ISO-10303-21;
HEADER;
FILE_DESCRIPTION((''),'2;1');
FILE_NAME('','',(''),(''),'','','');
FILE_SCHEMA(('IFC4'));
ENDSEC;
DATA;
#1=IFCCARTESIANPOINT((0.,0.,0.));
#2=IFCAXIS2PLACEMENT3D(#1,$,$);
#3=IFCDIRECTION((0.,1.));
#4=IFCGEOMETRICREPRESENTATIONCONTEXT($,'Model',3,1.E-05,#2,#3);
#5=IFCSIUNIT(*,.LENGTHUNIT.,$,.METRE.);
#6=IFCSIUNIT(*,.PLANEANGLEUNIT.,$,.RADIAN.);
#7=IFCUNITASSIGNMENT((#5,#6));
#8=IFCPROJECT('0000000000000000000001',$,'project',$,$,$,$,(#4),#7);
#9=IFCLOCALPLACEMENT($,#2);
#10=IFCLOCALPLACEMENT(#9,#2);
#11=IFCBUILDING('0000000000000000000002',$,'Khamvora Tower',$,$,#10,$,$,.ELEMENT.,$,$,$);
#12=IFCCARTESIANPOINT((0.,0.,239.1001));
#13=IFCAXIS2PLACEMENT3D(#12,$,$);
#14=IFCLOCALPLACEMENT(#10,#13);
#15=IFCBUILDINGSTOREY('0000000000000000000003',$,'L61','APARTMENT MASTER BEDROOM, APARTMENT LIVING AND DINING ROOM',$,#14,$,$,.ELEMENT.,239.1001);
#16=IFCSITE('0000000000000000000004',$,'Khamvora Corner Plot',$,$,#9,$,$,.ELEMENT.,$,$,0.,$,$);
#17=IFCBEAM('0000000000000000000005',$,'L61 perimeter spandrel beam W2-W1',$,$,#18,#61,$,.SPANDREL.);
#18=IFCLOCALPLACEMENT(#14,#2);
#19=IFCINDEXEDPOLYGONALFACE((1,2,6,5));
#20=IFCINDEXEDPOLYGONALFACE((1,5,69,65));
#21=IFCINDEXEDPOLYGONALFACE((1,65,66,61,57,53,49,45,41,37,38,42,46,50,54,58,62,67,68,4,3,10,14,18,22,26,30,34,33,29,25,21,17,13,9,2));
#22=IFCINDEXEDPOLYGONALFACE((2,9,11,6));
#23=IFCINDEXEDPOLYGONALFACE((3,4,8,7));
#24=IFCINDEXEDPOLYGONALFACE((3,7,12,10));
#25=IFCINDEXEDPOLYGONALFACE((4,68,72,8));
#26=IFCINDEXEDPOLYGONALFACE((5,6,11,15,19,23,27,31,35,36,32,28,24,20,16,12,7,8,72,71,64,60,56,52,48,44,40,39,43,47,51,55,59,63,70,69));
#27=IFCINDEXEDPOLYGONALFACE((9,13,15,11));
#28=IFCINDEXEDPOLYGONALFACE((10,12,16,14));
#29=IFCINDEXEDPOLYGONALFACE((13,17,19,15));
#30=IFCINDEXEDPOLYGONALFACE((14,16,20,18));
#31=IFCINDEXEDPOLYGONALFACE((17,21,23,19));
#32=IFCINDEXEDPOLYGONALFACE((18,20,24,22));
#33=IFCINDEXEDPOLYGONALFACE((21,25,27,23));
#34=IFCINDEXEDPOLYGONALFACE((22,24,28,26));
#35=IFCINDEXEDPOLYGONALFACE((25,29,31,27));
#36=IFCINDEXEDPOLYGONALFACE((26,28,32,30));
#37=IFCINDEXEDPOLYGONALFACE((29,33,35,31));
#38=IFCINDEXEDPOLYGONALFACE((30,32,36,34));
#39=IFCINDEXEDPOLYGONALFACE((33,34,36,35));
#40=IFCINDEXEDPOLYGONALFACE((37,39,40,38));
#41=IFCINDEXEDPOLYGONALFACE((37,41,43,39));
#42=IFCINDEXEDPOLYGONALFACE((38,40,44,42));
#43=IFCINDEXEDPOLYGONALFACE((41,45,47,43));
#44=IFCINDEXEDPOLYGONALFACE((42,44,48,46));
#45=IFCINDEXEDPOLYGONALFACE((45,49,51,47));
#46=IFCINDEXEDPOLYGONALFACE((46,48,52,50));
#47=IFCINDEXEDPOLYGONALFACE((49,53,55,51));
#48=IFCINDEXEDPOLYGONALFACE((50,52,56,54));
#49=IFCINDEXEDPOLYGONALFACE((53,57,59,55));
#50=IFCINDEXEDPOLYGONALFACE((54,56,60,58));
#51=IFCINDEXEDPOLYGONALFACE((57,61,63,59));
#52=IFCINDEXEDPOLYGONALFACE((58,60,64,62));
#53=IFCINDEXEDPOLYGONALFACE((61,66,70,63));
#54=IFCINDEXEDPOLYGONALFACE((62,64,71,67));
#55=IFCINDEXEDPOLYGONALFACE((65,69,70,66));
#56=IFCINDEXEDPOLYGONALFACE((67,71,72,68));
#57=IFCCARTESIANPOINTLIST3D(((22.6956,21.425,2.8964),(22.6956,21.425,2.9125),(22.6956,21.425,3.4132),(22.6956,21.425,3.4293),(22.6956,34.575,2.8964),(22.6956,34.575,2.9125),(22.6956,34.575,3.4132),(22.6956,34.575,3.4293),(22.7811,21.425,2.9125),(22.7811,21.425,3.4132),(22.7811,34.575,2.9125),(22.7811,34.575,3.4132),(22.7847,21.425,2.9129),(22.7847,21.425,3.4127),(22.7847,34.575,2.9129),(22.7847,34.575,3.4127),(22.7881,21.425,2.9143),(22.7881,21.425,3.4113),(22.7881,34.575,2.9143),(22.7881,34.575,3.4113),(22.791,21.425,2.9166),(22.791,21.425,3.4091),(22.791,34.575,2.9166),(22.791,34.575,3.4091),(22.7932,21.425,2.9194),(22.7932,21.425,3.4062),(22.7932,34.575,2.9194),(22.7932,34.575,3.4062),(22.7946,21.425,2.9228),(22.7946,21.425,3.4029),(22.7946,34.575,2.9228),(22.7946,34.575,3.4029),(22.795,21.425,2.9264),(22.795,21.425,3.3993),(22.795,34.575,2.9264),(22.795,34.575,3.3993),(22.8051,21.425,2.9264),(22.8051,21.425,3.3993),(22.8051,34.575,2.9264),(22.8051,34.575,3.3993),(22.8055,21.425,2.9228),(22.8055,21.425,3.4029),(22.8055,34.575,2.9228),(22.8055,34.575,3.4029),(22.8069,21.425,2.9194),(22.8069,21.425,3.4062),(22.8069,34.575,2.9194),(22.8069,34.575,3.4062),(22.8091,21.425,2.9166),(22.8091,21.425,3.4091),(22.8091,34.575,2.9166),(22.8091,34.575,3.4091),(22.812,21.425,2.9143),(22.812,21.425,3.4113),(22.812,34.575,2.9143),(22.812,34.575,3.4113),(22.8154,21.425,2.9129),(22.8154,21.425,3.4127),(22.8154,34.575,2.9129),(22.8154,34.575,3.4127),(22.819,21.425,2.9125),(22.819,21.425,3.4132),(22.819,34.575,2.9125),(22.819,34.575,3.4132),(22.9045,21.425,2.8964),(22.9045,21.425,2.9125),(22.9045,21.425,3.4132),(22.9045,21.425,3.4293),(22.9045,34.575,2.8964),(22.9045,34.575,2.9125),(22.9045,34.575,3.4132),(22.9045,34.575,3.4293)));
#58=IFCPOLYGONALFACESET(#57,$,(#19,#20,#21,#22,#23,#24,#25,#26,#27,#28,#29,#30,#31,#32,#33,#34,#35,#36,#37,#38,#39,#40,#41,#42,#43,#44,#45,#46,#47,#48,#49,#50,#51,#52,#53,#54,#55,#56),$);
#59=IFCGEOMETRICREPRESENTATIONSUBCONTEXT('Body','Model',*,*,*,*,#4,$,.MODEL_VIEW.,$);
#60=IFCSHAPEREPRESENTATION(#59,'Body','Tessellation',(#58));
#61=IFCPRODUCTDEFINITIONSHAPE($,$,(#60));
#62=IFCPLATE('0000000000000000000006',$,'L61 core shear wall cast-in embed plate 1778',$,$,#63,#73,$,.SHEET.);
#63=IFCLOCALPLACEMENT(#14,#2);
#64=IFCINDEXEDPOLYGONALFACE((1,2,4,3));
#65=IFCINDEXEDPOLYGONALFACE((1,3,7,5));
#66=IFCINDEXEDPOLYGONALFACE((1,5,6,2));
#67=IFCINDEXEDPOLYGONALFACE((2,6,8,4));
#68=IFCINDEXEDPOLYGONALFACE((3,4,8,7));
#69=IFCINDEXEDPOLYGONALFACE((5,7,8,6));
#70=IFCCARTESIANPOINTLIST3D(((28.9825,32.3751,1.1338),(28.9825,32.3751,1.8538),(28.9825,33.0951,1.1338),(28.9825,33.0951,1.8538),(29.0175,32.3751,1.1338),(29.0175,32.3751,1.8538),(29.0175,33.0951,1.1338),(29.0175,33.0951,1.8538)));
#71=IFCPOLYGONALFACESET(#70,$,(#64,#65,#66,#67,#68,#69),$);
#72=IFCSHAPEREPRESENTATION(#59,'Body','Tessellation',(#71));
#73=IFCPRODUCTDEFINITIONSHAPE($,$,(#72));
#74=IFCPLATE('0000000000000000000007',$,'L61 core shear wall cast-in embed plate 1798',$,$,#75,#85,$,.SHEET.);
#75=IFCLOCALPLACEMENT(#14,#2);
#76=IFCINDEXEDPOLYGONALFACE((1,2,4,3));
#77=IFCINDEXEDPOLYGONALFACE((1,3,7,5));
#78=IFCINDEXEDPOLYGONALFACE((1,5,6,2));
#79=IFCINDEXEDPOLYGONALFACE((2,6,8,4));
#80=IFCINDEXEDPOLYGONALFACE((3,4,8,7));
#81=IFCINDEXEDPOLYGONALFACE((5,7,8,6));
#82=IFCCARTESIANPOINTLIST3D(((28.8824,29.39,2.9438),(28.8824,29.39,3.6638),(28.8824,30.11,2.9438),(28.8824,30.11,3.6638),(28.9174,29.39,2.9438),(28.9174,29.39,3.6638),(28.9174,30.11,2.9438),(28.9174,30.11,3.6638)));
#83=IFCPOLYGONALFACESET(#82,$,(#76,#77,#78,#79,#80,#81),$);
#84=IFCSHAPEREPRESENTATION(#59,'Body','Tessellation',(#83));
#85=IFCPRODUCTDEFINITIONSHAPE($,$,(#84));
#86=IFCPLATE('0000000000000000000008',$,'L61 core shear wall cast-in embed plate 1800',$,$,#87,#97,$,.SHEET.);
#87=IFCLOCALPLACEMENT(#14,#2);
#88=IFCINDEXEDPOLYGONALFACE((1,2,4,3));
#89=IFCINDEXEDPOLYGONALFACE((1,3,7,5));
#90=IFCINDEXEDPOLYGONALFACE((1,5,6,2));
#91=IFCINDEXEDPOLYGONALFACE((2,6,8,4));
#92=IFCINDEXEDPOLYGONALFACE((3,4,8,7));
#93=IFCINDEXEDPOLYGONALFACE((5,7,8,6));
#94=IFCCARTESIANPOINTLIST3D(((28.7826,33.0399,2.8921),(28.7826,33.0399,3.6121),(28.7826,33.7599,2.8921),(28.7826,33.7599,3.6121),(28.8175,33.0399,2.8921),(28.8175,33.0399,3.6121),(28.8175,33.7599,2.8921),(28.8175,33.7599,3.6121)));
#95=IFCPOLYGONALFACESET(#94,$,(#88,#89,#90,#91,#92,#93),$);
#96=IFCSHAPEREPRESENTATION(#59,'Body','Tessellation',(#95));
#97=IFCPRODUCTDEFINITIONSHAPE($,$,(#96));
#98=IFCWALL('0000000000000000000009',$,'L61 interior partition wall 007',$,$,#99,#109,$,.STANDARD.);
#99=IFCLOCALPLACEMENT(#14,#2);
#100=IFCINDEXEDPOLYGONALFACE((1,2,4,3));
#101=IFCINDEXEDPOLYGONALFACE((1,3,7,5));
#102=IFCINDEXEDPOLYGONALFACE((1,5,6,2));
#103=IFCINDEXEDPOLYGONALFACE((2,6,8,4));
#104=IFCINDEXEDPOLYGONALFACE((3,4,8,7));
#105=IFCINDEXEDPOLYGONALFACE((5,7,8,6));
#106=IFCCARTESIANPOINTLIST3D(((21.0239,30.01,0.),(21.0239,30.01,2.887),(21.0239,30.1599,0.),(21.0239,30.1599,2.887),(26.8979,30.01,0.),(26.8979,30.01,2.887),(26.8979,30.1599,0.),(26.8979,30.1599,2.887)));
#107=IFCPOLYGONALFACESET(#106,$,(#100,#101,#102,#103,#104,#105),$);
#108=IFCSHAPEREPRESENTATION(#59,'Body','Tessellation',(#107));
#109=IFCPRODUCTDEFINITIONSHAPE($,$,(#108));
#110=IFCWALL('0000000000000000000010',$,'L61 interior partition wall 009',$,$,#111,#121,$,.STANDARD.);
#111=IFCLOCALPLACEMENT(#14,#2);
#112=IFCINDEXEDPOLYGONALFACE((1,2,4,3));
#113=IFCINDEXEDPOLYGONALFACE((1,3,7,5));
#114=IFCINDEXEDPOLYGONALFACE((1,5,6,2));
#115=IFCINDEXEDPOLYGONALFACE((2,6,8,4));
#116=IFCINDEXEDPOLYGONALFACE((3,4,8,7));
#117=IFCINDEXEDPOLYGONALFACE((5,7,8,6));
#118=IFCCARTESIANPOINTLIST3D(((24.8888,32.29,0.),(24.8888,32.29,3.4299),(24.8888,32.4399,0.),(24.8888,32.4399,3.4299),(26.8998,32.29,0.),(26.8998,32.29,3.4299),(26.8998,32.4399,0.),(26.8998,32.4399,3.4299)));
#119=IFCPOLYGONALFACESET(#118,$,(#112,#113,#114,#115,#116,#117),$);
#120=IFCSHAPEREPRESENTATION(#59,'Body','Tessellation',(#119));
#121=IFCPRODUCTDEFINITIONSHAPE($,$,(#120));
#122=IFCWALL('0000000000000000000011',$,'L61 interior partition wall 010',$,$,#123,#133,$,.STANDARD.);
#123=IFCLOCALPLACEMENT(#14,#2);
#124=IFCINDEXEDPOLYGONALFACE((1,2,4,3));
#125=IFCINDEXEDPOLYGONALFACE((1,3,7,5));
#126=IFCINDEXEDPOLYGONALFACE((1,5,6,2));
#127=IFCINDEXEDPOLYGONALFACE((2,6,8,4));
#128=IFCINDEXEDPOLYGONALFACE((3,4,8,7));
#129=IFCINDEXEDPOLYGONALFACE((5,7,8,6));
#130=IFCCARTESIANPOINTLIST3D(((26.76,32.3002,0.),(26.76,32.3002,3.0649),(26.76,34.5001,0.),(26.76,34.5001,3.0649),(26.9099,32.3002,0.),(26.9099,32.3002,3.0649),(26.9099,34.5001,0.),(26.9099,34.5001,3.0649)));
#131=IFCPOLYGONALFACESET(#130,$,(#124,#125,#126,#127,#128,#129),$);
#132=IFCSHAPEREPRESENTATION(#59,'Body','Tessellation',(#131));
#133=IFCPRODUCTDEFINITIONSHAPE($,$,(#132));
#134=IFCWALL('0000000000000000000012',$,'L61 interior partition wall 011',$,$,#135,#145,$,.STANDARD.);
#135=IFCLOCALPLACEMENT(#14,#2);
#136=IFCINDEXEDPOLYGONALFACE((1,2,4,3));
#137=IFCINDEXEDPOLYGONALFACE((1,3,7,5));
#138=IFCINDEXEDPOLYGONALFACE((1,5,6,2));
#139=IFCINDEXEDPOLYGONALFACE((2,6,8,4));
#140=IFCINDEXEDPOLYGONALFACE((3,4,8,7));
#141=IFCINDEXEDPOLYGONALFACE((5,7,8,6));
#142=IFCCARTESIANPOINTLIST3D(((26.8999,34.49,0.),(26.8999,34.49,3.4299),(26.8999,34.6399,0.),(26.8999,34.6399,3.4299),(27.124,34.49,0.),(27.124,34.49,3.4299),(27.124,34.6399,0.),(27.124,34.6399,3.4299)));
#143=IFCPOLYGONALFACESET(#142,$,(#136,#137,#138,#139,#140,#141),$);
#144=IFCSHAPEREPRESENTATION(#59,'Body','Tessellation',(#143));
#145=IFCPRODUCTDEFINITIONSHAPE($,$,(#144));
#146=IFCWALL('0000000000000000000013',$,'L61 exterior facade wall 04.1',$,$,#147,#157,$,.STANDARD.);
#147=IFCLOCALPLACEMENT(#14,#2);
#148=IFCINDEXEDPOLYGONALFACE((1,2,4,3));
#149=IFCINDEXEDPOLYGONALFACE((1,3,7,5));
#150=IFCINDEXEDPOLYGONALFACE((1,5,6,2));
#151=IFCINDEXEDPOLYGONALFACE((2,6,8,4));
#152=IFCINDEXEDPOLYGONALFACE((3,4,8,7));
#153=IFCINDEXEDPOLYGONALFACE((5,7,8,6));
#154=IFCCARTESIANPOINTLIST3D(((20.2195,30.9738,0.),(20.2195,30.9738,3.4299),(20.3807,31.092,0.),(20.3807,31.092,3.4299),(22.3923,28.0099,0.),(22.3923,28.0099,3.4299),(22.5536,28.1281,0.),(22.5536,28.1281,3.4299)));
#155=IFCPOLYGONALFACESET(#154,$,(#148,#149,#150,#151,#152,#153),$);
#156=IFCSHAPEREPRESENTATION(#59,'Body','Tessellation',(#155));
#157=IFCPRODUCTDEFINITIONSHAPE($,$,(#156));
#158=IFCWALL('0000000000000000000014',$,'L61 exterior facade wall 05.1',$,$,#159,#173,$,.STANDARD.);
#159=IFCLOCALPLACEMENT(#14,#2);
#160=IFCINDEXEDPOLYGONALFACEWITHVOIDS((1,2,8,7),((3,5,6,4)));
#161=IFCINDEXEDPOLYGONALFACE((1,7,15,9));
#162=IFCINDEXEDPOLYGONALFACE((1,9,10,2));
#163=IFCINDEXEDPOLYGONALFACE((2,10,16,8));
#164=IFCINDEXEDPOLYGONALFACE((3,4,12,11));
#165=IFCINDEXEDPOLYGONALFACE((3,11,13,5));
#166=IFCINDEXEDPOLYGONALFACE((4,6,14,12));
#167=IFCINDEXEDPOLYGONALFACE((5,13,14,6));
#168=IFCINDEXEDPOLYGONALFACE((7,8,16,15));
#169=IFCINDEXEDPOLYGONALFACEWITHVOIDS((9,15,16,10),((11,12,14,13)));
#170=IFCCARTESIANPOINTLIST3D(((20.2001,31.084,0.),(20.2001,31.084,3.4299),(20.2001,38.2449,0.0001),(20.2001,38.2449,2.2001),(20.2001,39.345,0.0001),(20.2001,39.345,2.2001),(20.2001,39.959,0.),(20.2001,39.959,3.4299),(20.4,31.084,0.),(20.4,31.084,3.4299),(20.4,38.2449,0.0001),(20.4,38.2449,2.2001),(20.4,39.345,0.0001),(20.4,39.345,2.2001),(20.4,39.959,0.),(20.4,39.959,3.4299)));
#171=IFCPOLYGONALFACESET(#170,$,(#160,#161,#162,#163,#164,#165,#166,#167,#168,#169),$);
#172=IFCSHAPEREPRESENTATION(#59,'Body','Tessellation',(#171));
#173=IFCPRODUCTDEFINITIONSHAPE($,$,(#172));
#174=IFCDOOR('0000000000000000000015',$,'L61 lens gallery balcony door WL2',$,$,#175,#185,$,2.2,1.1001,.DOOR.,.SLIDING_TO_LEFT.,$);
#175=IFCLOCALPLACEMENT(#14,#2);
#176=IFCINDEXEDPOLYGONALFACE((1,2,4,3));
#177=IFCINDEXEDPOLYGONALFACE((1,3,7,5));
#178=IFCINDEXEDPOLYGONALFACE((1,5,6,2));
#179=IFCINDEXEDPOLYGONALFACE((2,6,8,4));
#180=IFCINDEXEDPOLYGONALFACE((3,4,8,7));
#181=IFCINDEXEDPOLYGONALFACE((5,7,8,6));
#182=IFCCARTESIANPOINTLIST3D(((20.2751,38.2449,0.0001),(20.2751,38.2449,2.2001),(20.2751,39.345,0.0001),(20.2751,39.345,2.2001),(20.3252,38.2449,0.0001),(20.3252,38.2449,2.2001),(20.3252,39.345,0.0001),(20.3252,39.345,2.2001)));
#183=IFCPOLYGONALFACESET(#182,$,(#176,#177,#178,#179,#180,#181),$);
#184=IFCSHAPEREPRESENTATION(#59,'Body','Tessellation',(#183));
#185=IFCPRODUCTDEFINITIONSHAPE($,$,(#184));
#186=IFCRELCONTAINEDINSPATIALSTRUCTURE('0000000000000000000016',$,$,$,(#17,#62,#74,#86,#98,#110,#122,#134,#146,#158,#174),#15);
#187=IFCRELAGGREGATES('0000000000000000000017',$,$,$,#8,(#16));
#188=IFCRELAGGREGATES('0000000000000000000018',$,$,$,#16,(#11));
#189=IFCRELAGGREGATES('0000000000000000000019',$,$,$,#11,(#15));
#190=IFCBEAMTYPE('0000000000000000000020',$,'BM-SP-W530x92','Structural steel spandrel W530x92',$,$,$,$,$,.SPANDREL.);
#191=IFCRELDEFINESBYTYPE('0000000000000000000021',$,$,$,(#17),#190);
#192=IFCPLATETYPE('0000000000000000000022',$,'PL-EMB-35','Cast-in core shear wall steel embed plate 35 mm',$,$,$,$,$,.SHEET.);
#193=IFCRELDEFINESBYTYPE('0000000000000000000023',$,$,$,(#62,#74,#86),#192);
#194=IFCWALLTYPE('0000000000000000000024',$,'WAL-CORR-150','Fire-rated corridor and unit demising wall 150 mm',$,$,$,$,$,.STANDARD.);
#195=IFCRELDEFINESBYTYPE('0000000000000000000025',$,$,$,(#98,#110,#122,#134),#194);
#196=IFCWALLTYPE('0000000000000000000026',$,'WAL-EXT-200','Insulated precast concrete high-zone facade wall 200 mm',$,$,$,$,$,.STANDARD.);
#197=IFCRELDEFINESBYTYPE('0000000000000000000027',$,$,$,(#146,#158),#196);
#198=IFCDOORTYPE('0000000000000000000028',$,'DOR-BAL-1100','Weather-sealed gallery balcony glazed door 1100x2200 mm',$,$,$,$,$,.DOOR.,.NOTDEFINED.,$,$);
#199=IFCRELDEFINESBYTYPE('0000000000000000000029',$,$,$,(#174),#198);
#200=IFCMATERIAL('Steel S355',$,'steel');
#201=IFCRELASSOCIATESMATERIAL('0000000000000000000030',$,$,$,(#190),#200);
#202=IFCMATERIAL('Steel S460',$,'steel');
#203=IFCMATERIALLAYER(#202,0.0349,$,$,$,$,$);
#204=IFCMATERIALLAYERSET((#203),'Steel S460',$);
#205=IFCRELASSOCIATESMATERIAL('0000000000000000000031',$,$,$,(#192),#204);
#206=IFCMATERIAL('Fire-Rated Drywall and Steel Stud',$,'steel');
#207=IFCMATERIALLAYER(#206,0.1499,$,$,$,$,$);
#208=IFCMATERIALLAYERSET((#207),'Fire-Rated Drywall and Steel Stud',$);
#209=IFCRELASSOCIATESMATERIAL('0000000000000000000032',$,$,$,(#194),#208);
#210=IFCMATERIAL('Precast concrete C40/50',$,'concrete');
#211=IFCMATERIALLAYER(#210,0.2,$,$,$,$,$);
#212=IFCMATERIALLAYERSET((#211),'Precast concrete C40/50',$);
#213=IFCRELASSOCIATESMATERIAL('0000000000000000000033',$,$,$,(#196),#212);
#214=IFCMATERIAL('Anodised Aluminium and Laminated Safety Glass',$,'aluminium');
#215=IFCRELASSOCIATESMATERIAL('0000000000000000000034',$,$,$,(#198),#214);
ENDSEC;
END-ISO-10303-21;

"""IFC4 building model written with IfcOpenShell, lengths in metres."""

from ifc_helpers import new_model, si_unit, direction, frame, frame_2d, origin, origin_2d, place, context, subcontext, project, spatial, rectangle, i_section, extrude, material, layer, layer_set, material_profile, profile_set, type_object, element, fill, save


model = new_model("IFC4")

# Units and contexts
model_context = context("Model", 3, precision=1e-05, world=origin(), true_north=direction((0.0, 1.0)))
body_context = subcontext(model_context, "Body", "Model", "MODEL_VIEW")
ifc_project = project(units=[si_unit("LENGTHUNIT", "METRE"), si_unit("PLANEANGLEUNIT", "RADIAN")], contexts=[model_context])

# Site, building, storey
site_placement = place(None, origin())
site = spatial("IfcSite", under=ifc_project, at=site_placement, Name="Khamvora Corner Plot", CompositionType="ELEMENT", RefElevation=0.0)
building_placement = place(site_placement, origin())
building = spatial("IfcBuilding", under=site, at=building_placement, Name="Khamvora Tower", CompositionType="ELEMENT")
storey_placement = place(building_placement, frame((0.0, 0.0, 239.1001)))
storey = spatial("IfcBuildingStorey", under=building, at=storey_placement, Name="L61", Description="APARTMENT MASTER BEDROOM, APARTMENT LIVING AND DINING ROOM", CompositionType="ELEMENT", Elevation=239.1001)

# Shared definitions
ifc_material_1 = material(Name="Steel S355", Category="steel")

# Beam
ifc_material_profile_1 = material_profile(ifc_material_1, i_section(OverallWidth=0.209, OverallDepth=0.533, WebThickness=0.01, FlangeThickness=0.0161, FilletRadius=0.0139, at=origin_2d()), Name="W530x92")
ifc_profile_set_1 = profile_set([ifc_material_profile_1], Name="Steel S355")
beam_type_1 = type_object("IfcBeamType", Name="BM-SP-W530x92", Description="Structural steel spandrel W530x92", PredefinedType="SPANDREL", material=ifc_profile_set_1)
beam_1_placement = place(storey_placement, frame((22.8, 34.575, 3.1628), z_axis=(0.0, -1.0, 0.0), x_axis=(1.0, 0.0, 0.0)))
element("IfcBeam", 1, at=beam_1_placement, inside=storey, type_object=beam_type_1, Name="L61 perimeter spandrel beam W2-W1", PredefinedType="SPANDREL", context=body_context, shape_type="SweptSolid", body=[
    extrude(i_section(OverallWidth=0.209, OverallDepth=0.533, WebThickness=0.01, FlangeThickness=0.0161, FilletRadius=0.0139, at=origin_2d()), origin(), (0.0, 0.0, 1.0), 13.1499),
])

# Plates
ifc_material_2 = material(Name="Steel S460", Category="steel")
ifc_layer_1 = layer(ifc_material_2, 0.0349)
ifc_layer_set_1 = layer_set([ifc_layer_1], Name="Steel S460")
plate_type = type_object("IfcPlateType", Name="PL-EMB-35", Description="Cast-in core shear wall steel embed plate 35 mm", PredefinedType="SHEET", material=ifc_layer_set_1)
for number, where, z_axis, x_axis, name in (
    (2, (29.0, 32.7351, 1.1338), (0.0, 0.0, 1.0), (1.0, 0.0, 0.0), "L61 core shear wall cast-in embed plate 1778"),
    (3, (28.8999, 29.75, 2.9438), (0.0, 0.0, 1.0), (1.0, 0.0, 0.0), "L61 core shear wall cast-in embed plate 1798"),
    (4, (28.8, 33.3999, 2.8921), (0.0, 0.0, 1.0), (1.0, 0.0, 0.0), "L61 core shear wall cast-in embed plate 1800"),
):
    element("IfcPlate", number, at=place(storey_placement, frame(where, z_axis=z_axis, x_axis=x_axis)), inside=storey, type_object=plate_type, Name=name, PredefinedType="SHEET", context=body_context, shape_type="SweptSolid", body=[
        extrude(rectangle(XDim=0.0349, YDim=0.72, at=origin_2d()), origin(), (0.0, 0.0, 1.0), 0.72),
    ])

# Wall
ifc_material_3 = material(Name="Fire-Rated Drywall and Steel Stud", Category="steel")
ifc_layer_2 = layer(ifc_material_3, 0.1499)
ifc_layer_set_2 = layer_set([ifc_layer_2], Name="Fire-Rated Drywall and Steel Stud")
wall_type_1 = type_object("IfcWallType", Name="WAL-CORR-150", Description="Fire-rated corridor and unit demising wall 150 mm", PredefinedType="STANDARD", material=ifc_layer_set_2)
wall_1_placement = place(storey_placement, frame((26.8979, 30.085, 0.0), z_axis=(0.0, 0.0, 1.0), x_axis=(-1.0, 0.0, 0.0)))
element("IfcWall", 5, at=wall_1_placement, inside=storey, type_object=wall_type_1, Name="L61 interior partition wall 007", PredefinedType="STANDARD", context=body_context, shape_type="SweptSolid", body=[
    extrude(rectangle(XDim=5.874, YDim=0.1499, at=frame_2d((2.937, 0.0))), origin(), (0.0, 0.0, 1.0), 2.887),
])

# Walls
wall_2_placement = place(storey_placement, frame((24.8889, 32.365, 0.0), z_axis=(0.0, 0.0, 1.0), x_axis=(1.0, 0.0, 0.0)))
element("IfcWall", 6, at=wall_2_placement, inside=storey, type_object=wall_type_1, Name="L61 interior partition wall 009", PredefinedType="STANDARD", context=body_context, shape_type="SweptSolid", body=[
    extrude(rectangle(XDim=2.011, YDim=0.1499, at=frame_2d((1.0054, 0.0))), origin(), (0.0, 0.0, 1.0), 3.4299),
])
wall_3_placement = place(storey_placement, frame((26.835, 32.3, 0.0), z_axis=(0.0, 0.0, 1.0), x_axis=(0.0, 1.0, 0.0)))
element("IfcWall", 7, at=wall_3_placement, inside=storey, type_object=wall_type_1, Name="L61 interior partition wall 010", PredefinedType="STANDARD", context=body_context, shape_type="SweptSolid", body=[
    extrude(rectangle(XDim=2.2, YDim=0.1499, at=frame_2d((1.1001, 0.0))), origin(), (0.0, 0.0, 1.0), 3.0649),
])
wall_4_placement = place(storey_placement, frame((26.8999, 34.5649, 0.0), z_axis=(0.0, 0.0, 1.0), x_axis=(1.0, 0.0, 0.0)))
element("IfcWall", 8, at=wall_4_placement, inside=storey, type_object=wall_type_1, Name="L61 interior partition wall 011", PredefinedType="STANDARD", context=body_context, shape_type="SweptSolid", body=[
    extrude(rectangle(XDim=0.2241, YDim=0.1499, at=frame_2d((0.1121, 0.0))), origin(), (0.0, 0.0, 1.0), 3.4299),
])
ifc_material_4 = material(Name="Precast concrete C40/50", Category="concrete")
ifc_layer_3 = layer(ifc_material_4, 0.2)
ifc_layer_set_3 = layer_set([ifc_layer_3], Name="Precast concrete C40/50")
wall_type_2 = type_object("IfcWallType", Name="WAL-EXT-200", Description="Insulated precast concrete high-zone facade wall 200 mm", PredefinedType="STANDARD", material=ifc_layer_set_3)
wall_5_placement = place(storey_placement, frame((22.4729, 28.0691, 0.0), z_axis=(0.0, 0.0, 1.0), x_axis=(-0.591248, 0.806489, 0.0)))
element("IfcWall", 9, at=wall_5_placement, inside=storey, type_object=wall_type_2, Name="L61 exterior facade wall 04.1", PredefinedType="STANDARD", context=body_context, shape_type="SweptSolid", body=[
    extrude(rectangle(XDim=3.675, YDim=0.2, at=frame_2d((1.8374, 0.0))), origin(), (0.0, 0.0, 1.0), 3.4299),
])

# Wall, opening, door
wall_6_placement = place(storey_placement, frame((20.3, 31.084, 0.0), z_axis=(0.0, 0.0, 1.0), x_axis=(0.0, 1.0, 0.0)))
wall_6 = element("IfcWall", 10, at=wall_6_placement, inside=storey, type_object=wall_type_2, Name="L61 exterior facade wall 05.1", PredefinedType="STANDARD", context=body_context, shape_type="SweptSolid", body=[
    extrude(rectangle(XDim=8.875, YDim=0.2, at=frame_2d((4.4375, 0.0))), origin(), (0.0, 0.0, 1.0), 3.4299),
])
opening_1_placement = place(wall_6_placement, frame((7.1609, 0.0, 0.0)))
opening_1 = element("IfcOpeningElement", 11, at=opening_1_placement, cuts=wall_6, PredefinedType="OPENING", context=body_context, shape_type="SweptSolid", body=[
    extrude(rectangle(XDim=1.1001, YDim=2.2, at=frame_2d((0.55, 1.1001))), frame((0.0, 0.1099, 0.0), z_axis=(0.0, -1.0, 0.0), x_axis=(1.0, 0.0, 0.0)), (0.0, 0.0, 1.0), 0.22),
])
ifc_material_5 = material(Name="Anodised Aluminium and Laminated Safety Glass", Category="aluminium")
door_type_1 = type_object("IfcDoorType", Name="DOR-BAL-1100", Description="Weather-sealed gallery balcony glazed door 1100x2200 mm", OperationType="NOTDEFINED", PredefinedType="DOOR", material=ifc_material_5)
door_1_placement = place(opening_1_placement, origin())
door_1 = element("IfcDoor", 12, at=door_1_placement, inside=storey, type_object=door_type_1, Name="L61 lens gallery balcony door WL2", OperationType="SLIDING_TO_LEFT", OverallHeight=2.2, OverallWidth=1.1001, PredefinedType="DOOR", context=body_context, shape_type="SweptSolid", body=[
    extrude(rectangle(XDim=1.1001, YDim=2.2, at=frame_2d((0.55, 1.1001))), frame((0.0, 0.0249, 0.0), z_axis=(0.0, -1.0, 0.0), x_axis=(1.0, 0.0, 0.0)), (0.0, 0.0, 1.0), 0.05),
])
fill(opening_1, door_1)

save(model, "model.ifc")
